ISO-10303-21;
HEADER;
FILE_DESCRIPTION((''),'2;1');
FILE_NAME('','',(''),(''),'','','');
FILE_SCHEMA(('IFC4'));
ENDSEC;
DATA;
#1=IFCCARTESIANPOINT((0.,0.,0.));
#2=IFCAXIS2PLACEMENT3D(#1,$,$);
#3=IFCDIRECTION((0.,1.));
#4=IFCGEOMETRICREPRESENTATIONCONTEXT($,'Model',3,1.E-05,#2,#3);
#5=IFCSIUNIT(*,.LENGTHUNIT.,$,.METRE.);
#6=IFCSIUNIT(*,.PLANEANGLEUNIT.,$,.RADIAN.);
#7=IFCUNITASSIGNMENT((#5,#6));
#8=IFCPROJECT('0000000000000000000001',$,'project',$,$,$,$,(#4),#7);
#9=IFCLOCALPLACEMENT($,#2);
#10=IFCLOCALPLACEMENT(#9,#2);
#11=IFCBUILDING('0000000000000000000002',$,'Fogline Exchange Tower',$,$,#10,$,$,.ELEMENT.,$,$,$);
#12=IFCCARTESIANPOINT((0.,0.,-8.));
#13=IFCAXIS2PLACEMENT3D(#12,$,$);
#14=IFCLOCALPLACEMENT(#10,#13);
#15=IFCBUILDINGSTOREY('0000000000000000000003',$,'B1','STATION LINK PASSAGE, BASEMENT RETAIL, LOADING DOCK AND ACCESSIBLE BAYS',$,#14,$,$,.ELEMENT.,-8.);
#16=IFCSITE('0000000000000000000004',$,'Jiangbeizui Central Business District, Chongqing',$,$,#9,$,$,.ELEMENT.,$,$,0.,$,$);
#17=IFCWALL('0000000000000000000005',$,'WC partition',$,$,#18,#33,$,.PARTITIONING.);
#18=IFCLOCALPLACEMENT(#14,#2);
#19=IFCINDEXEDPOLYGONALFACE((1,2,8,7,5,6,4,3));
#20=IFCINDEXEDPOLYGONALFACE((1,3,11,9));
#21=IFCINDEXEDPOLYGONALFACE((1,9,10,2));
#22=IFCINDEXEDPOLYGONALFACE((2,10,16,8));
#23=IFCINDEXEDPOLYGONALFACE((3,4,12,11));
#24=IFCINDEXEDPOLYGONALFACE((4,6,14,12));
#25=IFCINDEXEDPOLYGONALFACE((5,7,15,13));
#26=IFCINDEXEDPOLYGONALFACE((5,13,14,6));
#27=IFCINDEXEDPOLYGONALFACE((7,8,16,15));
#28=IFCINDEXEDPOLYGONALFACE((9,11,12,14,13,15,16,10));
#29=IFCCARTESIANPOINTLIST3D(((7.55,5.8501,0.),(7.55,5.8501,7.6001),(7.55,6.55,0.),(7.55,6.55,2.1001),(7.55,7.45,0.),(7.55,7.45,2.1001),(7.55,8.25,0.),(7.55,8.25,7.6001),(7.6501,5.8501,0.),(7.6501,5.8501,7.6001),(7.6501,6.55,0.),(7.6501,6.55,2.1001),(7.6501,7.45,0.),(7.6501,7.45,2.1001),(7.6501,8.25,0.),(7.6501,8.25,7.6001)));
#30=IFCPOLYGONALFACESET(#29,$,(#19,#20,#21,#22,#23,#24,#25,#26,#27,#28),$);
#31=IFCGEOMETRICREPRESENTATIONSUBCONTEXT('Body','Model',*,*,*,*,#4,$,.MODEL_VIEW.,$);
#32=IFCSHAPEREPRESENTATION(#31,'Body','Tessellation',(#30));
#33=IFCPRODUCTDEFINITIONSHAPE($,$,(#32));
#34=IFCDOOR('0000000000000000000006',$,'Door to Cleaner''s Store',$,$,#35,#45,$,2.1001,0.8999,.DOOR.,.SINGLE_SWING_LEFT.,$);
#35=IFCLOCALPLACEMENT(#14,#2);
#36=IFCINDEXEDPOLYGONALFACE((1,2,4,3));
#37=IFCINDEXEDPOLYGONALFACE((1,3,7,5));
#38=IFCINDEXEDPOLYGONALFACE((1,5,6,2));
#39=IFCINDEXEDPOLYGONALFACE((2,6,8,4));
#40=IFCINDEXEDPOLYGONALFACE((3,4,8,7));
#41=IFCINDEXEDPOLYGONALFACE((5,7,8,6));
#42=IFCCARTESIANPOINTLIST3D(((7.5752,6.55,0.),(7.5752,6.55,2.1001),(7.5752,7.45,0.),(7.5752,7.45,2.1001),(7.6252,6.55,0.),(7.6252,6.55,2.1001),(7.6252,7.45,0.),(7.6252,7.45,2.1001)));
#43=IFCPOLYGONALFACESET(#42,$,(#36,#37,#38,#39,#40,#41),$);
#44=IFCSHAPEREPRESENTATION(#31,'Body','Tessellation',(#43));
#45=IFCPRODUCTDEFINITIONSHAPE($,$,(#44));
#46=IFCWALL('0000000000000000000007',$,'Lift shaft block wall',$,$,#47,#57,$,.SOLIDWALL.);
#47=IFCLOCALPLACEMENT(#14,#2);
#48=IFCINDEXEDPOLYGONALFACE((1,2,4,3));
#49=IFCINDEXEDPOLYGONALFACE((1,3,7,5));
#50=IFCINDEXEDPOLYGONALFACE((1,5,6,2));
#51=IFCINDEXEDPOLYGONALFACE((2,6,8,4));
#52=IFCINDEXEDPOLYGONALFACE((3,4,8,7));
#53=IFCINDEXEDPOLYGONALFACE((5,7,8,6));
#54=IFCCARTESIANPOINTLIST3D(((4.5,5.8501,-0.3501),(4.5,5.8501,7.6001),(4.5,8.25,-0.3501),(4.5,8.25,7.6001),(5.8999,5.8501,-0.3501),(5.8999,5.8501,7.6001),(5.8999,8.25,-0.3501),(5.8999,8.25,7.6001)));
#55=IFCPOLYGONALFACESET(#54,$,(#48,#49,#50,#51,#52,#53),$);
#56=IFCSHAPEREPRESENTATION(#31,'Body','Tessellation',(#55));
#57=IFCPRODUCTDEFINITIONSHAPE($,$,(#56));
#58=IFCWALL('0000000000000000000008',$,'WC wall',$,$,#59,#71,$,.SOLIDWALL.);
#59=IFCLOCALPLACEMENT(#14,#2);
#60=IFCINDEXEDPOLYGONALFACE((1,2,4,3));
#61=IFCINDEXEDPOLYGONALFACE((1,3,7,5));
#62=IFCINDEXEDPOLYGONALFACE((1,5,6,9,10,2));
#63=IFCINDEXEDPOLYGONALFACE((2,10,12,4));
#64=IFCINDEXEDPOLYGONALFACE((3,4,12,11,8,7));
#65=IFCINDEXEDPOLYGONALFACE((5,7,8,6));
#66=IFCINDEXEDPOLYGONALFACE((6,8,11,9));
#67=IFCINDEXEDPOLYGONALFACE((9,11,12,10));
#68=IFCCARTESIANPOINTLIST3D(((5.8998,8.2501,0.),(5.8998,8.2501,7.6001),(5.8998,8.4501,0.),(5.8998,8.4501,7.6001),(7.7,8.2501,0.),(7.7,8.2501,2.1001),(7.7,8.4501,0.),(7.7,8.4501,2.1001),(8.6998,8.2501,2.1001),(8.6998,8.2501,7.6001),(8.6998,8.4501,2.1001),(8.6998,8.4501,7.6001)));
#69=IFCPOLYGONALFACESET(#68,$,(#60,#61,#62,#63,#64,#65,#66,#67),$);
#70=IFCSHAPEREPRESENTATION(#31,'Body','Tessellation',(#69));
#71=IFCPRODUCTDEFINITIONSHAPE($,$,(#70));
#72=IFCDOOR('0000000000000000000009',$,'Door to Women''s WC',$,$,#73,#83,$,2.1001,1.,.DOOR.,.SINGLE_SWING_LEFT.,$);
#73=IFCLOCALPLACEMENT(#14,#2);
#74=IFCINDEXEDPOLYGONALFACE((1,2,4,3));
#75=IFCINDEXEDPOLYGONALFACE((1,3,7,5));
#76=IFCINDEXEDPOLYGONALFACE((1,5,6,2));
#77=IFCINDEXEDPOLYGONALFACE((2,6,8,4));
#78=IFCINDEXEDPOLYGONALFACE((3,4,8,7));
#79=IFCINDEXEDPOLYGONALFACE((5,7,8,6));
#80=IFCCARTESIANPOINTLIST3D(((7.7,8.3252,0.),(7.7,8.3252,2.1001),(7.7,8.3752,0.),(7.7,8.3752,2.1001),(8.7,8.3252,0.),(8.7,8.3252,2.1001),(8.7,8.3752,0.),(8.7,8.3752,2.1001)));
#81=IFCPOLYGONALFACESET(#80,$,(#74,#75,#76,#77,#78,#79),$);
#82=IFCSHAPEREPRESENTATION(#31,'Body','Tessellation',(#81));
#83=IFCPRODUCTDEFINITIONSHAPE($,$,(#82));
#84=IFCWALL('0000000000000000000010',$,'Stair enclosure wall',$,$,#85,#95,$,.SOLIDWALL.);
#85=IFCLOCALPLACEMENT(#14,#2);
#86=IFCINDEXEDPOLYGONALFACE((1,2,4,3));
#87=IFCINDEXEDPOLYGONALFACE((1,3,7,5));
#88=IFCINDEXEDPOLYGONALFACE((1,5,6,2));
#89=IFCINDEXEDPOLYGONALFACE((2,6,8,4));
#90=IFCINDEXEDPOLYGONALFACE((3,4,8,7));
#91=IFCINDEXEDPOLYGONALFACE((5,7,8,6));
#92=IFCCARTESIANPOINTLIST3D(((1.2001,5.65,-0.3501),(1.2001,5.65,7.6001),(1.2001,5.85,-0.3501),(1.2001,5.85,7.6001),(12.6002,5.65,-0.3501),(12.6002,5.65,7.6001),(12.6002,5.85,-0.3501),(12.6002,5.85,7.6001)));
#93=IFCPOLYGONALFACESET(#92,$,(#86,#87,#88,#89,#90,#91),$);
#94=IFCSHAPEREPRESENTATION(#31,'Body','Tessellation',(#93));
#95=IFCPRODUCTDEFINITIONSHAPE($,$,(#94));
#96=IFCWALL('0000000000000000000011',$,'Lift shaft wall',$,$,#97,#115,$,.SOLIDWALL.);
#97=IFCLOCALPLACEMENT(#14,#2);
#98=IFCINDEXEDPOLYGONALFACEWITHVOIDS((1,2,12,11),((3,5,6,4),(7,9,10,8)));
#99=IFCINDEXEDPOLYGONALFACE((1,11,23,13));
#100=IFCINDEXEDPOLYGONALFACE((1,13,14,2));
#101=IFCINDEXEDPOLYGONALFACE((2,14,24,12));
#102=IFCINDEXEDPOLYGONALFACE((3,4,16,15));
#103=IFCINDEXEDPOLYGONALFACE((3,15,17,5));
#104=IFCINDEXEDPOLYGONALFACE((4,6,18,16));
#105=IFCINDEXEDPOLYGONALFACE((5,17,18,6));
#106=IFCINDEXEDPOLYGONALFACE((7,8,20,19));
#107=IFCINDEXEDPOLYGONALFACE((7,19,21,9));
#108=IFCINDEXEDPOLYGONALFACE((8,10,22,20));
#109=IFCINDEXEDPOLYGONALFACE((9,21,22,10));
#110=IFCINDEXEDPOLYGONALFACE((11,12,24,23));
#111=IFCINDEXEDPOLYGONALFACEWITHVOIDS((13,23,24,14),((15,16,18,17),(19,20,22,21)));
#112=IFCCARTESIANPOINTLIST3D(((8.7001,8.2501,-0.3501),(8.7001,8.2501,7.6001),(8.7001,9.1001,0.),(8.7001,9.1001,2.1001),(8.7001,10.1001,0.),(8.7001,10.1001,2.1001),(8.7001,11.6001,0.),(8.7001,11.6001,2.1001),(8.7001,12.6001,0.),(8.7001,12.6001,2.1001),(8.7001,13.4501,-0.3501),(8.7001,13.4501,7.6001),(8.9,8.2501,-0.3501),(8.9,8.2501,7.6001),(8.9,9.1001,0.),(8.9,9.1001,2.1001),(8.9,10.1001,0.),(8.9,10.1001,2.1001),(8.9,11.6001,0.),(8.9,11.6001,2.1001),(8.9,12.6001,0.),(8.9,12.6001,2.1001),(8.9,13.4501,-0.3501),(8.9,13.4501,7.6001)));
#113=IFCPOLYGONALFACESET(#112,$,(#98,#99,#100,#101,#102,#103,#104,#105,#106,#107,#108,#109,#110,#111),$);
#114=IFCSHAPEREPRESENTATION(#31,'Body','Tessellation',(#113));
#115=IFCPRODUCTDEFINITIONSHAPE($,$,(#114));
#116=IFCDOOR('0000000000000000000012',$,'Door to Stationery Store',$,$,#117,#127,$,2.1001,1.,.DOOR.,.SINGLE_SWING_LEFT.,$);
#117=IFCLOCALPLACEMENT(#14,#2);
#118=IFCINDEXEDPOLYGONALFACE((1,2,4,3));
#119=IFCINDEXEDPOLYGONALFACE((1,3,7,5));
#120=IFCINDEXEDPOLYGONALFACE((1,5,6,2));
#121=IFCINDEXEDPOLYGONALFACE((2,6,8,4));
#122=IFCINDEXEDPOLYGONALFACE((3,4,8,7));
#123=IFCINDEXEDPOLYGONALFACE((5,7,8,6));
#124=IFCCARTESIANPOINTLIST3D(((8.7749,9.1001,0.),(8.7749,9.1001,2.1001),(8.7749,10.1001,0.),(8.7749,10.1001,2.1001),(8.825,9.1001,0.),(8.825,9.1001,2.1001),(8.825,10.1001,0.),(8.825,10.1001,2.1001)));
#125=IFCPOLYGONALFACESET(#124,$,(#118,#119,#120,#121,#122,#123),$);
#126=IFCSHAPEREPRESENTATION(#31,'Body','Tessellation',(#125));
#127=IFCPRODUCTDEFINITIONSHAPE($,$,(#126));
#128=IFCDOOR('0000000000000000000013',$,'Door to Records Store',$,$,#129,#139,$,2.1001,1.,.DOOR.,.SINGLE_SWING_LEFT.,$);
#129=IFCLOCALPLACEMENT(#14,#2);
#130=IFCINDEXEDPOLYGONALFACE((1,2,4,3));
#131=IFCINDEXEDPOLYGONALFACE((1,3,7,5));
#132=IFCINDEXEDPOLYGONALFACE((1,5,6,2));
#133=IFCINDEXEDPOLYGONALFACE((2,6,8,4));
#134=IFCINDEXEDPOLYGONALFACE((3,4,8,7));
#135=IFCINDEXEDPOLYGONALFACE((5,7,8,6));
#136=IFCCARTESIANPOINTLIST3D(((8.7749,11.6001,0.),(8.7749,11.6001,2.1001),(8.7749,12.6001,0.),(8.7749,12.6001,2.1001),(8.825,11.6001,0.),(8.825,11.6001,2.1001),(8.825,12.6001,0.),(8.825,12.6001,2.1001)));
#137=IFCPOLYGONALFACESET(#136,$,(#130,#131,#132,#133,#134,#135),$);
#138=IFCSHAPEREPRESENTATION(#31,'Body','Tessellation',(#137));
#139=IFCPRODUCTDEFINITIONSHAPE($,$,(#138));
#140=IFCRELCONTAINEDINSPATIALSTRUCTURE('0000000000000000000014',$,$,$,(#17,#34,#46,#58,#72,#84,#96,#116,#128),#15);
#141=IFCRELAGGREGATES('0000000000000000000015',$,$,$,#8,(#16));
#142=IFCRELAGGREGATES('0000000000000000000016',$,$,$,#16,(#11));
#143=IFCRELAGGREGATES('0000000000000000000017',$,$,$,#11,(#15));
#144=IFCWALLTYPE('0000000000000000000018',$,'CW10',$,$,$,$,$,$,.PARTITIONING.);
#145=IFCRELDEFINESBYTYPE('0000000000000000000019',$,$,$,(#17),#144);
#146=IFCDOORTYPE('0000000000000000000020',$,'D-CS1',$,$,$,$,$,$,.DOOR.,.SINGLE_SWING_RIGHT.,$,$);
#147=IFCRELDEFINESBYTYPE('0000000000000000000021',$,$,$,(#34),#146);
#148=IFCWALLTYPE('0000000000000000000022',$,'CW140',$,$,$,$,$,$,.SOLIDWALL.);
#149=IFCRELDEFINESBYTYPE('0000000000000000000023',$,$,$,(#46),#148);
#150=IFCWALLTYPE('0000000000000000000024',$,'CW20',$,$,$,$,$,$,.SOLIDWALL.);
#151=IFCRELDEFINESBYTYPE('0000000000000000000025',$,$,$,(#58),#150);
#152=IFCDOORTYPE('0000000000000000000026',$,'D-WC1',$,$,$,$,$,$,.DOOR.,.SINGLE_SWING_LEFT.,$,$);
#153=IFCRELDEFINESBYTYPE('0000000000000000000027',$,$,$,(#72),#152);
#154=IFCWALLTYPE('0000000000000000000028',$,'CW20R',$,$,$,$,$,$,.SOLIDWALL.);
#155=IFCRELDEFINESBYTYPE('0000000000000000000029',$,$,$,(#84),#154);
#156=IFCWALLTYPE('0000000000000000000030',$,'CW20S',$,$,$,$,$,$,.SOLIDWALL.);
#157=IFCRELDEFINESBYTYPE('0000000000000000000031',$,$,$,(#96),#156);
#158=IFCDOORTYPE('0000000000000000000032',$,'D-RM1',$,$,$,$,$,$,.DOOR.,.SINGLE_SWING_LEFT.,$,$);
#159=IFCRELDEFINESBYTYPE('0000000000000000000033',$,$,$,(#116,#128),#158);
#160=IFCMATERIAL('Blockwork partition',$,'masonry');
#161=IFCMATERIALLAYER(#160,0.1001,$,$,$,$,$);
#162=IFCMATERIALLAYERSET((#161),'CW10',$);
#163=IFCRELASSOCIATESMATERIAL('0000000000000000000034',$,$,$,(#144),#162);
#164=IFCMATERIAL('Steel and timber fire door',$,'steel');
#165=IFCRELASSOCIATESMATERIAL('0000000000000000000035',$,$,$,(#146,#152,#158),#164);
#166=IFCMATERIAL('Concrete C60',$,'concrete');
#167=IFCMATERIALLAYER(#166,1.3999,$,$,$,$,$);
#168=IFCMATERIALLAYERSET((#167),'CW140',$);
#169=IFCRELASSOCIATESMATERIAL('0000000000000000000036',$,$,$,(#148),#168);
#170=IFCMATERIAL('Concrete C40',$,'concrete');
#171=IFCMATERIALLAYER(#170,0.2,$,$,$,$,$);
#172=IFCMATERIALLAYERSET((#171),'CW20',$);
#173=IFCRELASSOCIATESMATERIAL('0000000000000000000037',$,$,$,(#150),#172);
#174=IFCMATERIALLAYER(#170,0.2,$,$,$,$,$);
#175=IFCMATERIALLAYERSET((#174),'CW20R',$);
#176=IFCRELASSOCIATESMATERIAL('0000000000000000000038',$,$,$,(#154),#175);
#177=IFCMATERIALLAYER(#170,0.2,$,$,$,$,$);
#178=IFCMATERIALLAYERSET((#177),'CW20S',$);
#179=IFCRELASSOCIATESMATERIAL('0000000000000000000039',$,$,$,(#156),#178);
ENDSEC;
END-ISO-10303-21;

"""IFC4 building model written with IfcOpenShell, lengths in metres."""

from ifc_helpers import new_model, si_unit, direction, frame, frame_2d, origin, place, context, subcontext, project, spatial, rectangle, extrude, material, layer, layer_set, type_object, element, fill, save


model = new_model("IFC4")

# Units and contexts
model_context = context("Model", 3, precision=1e-05, world=origin(), true_north=direction((0.0, 1.0)))
body_context = subcontext(model_context, "Body", "Model", "MODEL_VIEW")
ifc_project = project(units=[si_unit("LENGTHUNIT", "METRE"), si_unit("PLANEANGLEUNIT", "RADIAN")], contexts=[model_context])

# Site, building, storey
site_placement = place(None, origin())
site = spatial("IfcSite", under=ifc_project, at=site_placement, Name="Jiangbeizui Central Business District, Chongqing", CompositionType="ELEMENT", RefElevation=0.0)
building_placement = place(site_placement, origin())
building = spatial("IfcBuilding", under=site, at=building_placement, Name="Fogline Exchange Tower", CompositionType="ELEMENT")
storey_placement = place(building_placement, frame((0.0, 0.0, -8.0)))
storey = spatial("IfcBuildingStorey", under=building, at=storey_placement, Name="B1", Description="STATION LINK PASSAGE, BASEMENT RETAIL, LOADING DOCK AND ACCESSIBLE BAYS", CompositionType="ELEMENT", Elevation=-8.0)

# Wall, opening, door
ifc_material_1 = material(Name="Blockwork partition", Category="masonry")
ifc_layer_1 = layer(ifc_material_1, 0.1001)
ifc_layer_set_1 = layer_set([ifc_layer_1], Name="CW10")
wall_type_1 = type_object("IfcWallType", Name="CW10", PredefinedType="PARTITIONING", material=ifc_layer_set_1)
wall_1_placement = place(storey_placement, frame((7.6001, 5.8501, 0.0), z_axis=(0.0, 0.0, 1.0), x_axis=(0.0, 1.0, 0.0)))
wall_1 = element("IfcWall", 1, at=wall_1_placement, inside=storey, type_object=wall_type_1, Name="WC partition", PredefinedType="PARTITIONING", context=body_context, shape_type="SweptSolid", body=[
    extrude(rectangle(XDim=2.3999, YDim=0.1001, at=frame_2d((1.2, 0.0))), origin(), (0.0, 0.0, 1.0), 7.6001),
])
opening_1_placement = place(wall_1_placement, frame((0.7, 0.0, 0.0)))
opening_1 = element("IfcOpeningElement", 2, at=opening_1_placement, cuts=wall_1, PredefinedType="OPENING", context=body_context, shape_type="SweptSolid", body=[
    extrude(rectangle(XDim=0.8999, YDim=2.1001, at=frame_2d((0.45, 1.05))), frame((0.0, 0.0601, 0.0), z_axis=(0.0, -1.0, 0.0), x_axis=(1.0, 0.0, 0.0)), (0.0, 0.0, 1.0), 0.1201),
])
ifc_material_2 = material(Name="Steel and timber fire door", Category="steel")
door_type_1 = type_object("IfcDoorType", Name="D-CS1", OperationType="SINGLE_SWING_RIGHT", PredefinedType="DOOR", material=ifc_material_2)
door_1_placement = place(opening_1_placement, origin())
door_1 = element("IfcDoor", 3, at=door_1_placement, inside=storey, type_object=door_type_1, Name="Door to Cleaner's Store", OperationType="SINGLE_SWING_LEFT", OverallHeight=2.1001, OverallWidth=0.8999, PredefinedType="DOOR", context=body_context, shape_type="SweptSolid", body=[
    extrude(rectangle(XDim=0.8999, YDim=2.1001, at=frame_2d((0.45, 1.05))), frame((0.0, 0.0249, 0.0), z_axis=(0.0, -1.0, 0.0), x_axis=(1.0, 0.0, 0.0)), (0.0, 0.0, 1.0), 0.05),
])
fill(opening_1, door_1)

# Wall
ifc_material_3 = material(Name="Concrete C60", Category="concrete")
ifc_layer_2 = layer(ifc_material_3, 1.3999)
ifc_layer_set_2 = layer_set([ifc_layer_2], Name="CW140")
wall_type_2 = type_object("IfcWallType", Name="CW140", PredefinedType="SOLIDWALL", material=ifc_layer_set_2)
wall_2_placement = place(storey_placement, frame((5.2, 5.8501, -0.3501), z_axis=(0.0, 0.0, 1.0), x_axis=(0.0, 1.0, 0.0)))
element("IfcWall", 4, at=wall_2_placement, inside=storey, type_object=wall_type_2, Name="Lift shaft block wall", PredefinedType="SOLIDWALL", context=body_context, shape_type="SweptSolid", body=[
    extrude(rectangle(XDim=2.3999, YDim=1.3999, at=frame_2d((1.2, 0.0))), origin(), (0.0, 0.0, 1.0), 7.9502),
])

# Wall, opening, door
ifc_material_4 = material(Name="Concrete C40", Category="concrete")
ifc_layer_3 = layer(ifc_material_4, 0.2)
ifc_layer_set_3 = layer_set([ifc_layer_3], Name="CW20")
wall_type_3 = type_object("IfcWallType", Name="CW20", PredefinedType="SOLIDWALL", material=ifc_layer_set_3)
wall_3_placement = place(storey_placement, frame((5.8999, 8.3501, 0.0), z_axis=(0.0, 0.0, 1.0), x_axis=(1.0, 0.0, 0.0)))
wall_3 = element("IfcWall", 5, at=wall_3_placement, inside=storey, type_object=wall_type_3, Name="WC wall", PredefinedType="SOLIDWALL", context=body_context, shape_type="SweptSolid", body=[
    extrude(rectangle(XDim=2.8, YDim=0.2, at=frame_2d((1.3999, 0.0))), origin(), (0.0, 0.0, 1.0), 7.6001),
])
opening_2_placement = place(wall_3_placement, frame((1.8, 0.0, 0.0)))
opening_2 = element("IfcOpeningElement", 6, at=opening_2_placement, cuts=wall_3, PredefinedType="OPENING", context=body_context, shape_type="SweptSolid", body=[
    extrude(rectangle(XDim=1.0, YDim=2.1001, at=frame_2d((0.5, 1.05))), frame((0.0, 0.1099, 0.0), z_axis=(0.0, -1.0, 0.0), x_axis=(1.0, 0.0, 0.0)), (0.0, 0.0, 1.0), 0.22),
])
door_type_2 = type_object("IfcDoorType", Name="D-WC1", OperationType="SINGLE_SWING_LEFT", PredefinedType="DOOR", material=ifc_material_2)
door_2_placement = place(opening_2_placement, frame((1.0, 0.0, 0.0), z_axis=(0.0, 0.0, 1.0), x_axis=(-1.0, 0.0, 0.0)))
door_2 = element("IfcDoor", 7, at=door_2_placement, inside=storey, type_object=door_type_2, Name="Door to Women's WC", OperationType="SINGLE_SWING_LEFT", OverallHeight=2.1001, OverallWidth=1.0, PredefinedType="DOOR", context=body_context, shape_type="SweptSolid", body=[
    extrude(rectangle(XDim=1.0, YDim=2.1001, at=frame_2d((0.5, 1.05))), frame((0.0, 0.0249, 0.0), z_axis=(0.0, -1.0, 0.0), x_axis=(1.0, 0.0, 0.0)), (0.0, 0.0, 1.0), 0.05),
])
fill(opening_2, door_2)

# Wall
ifc_layer_4 = layer(ifc_material_4, 0.2)
ifc_layer_set_4 = layer_set([ifc_layer_4], Name="CW20R")
wall_type_4 = type_object("IfcWallType", Name="CW20R", PredefinedType="SOLIDWALL", material=ifc_layer_set_4)
wall_4_placement = place(storey_placement, frame((1.2, 5.75, -0.3501), z_axis=(0.0, 0.0, 1.0), x_axis=(1.0, 0.0, 0.0)))
element("IfcWall", 8, at=wall_4_placement, inside=storey, type_object=wall_type_4, Name="Stair enclosure wall", PredefinedType="SOLIDWALL", context=body_context, shape_type="SweptSolid", body=[
    extrude(rectangle(XDim=11.4001, YDim=0.2, at=frame_2d((5.7002, 0.0))), origin(), (0.0, 0.0, 1.0), 7.9502),
])

# Wall, openings, doors
ifc_layer_5 = layer(ifc_material_4, 0.2)
ifc_layer_set_5 = layer_set([ifc_layer_5], Name="CW20S")
wall_type_5 = type_object("IfcWallType", Name="CW20S", PredefinedType="SOLIDWALL", material=ifc_layer_set_5)
wall_5_placement = place(storey_placement, frame((8.8, 8.25, -0.3501), z_axis=(0.0, 0.0, 1.0), x_axis=(0.0, 1.0, 0.0)))
wall_5 = element("IfcWall", 9, at=wall_5_placement, inside=storey, type_object=wall_type_5, Name="Lift shaft wall", PredefinedType="SOLIDWALL", context=body_context, shape_type="SweptSolid", body=[
    extrude(rectangle(XDim=5.2, YDim=0.2, at=frame_2d((2.6001, 0.0))), origin(), (0.0, 0.0, 1.0), 7.9502),
])
opening_3_placement = place(wall_5_placement, frame((0.8501, 0.0, 0.3501)))
opening_3 = element("IfcOpeningElement", 10, at=opening_3_placement, cuts=wall_5, PredefinedType="OPENING", context=body_context, shape_type="SweptSolid", body=[
    extrude(rectangle(XDim=1.0, YDim=2.1001, at=frame_2d((0.5, 1.05))), frame((0.0, 0.1099, 0.0), z_axis=(0.0, -1.0, 0.0), x_axis=(1.0, 0.0, 0.0)), (0.0, 0.0, 1.0), 0.22),
])
opening_4_placement = place(wall_5_placement, frame((3.3501, 0.0, 0.3501)))
opening_4 = element("IfcOpeningElement", 11, at=opening_4_placement, cuts=wall_5, PredefinedType="OPENING", context=body_context, shape_type="SweptSolid", body=[
    extrude(rectangle(XDim=1.0, YDim=2.1001, at=frame_2d((0.5, 1.05))), frame((0.0, 0.1099, 0.0), z_axis=(0.0, -1.0, 0.0), x_axis=(1.0, 0.0, 0.0)), (0.0, 0.0, 1.0), 0.22),
])
door_type_3 = type_object("IfcDoorType", Name="D-RM1", OperationType="SINGLE_SWING_LEFT", PredefinedType="DOOR", material=ifc_material_2)
door_3_placement = place(opening_3_placement, frame((1.0, 0.0, 0.0), z_axis=(0.0, 0.0, 1.0), x_axis=(-1.0, 0.0, 0.0)))
door_3 = element("IfcDoor", 12, at=door_3_placement, inside=storey, type_object=door_type_3, Name="Door to Stationery Store", OperationType="SINGLE_SWING_LEFT", OverallHeight=2.1001, OverallWidth=1.0, PredefinedType="DOOR", context=body_context, shape_type="SweptSolid", body=[
    extrude(rectangle(XDim=1.0, YDim=2.1001, at=frame_2d((0.5, 1.05))), frame((0.0, 0.0249, 0.0), z_axis=(0.0, -1.0, 0.0), x_axis=(1.0, 0.0, 0.0)), (0.0, 0.0, 1.0), 0.05),
])
fill(opening_3, door_3)
door_4_placement = place(opening_4_placement, frame((1.0, 0.0, 0.0), z_axis=(0.0, 0.0, 1.0), x_axis=(-1.0, 0.0, 0.0)))
door_4 = element("IfcDoor", 13, at=door_4_placement, inside=storey, type_object=door_type_3, Name="Door to Records Store", OperationType="SINGLE_SWING_LEFT", OverallHeight=2.1001, OverallWidth=1.0, PredefinedType="DOOR", context=body_context, shape_type="SweptSolid", body=[
    extrude(rectangle(XDim=1.0, YDim=2.1001, at=frame_2d((0.5, 1.05))), frame((0.0, 0.0249, 0.0), z_axis=(0.0, -1.0, 0.0), x_axis=(1.0, 0.0, 0.0)), (0.0, 0.0, 1.0), 0.05),
])
fill(opening_4, door_4)

save(model, "model.ifc")
